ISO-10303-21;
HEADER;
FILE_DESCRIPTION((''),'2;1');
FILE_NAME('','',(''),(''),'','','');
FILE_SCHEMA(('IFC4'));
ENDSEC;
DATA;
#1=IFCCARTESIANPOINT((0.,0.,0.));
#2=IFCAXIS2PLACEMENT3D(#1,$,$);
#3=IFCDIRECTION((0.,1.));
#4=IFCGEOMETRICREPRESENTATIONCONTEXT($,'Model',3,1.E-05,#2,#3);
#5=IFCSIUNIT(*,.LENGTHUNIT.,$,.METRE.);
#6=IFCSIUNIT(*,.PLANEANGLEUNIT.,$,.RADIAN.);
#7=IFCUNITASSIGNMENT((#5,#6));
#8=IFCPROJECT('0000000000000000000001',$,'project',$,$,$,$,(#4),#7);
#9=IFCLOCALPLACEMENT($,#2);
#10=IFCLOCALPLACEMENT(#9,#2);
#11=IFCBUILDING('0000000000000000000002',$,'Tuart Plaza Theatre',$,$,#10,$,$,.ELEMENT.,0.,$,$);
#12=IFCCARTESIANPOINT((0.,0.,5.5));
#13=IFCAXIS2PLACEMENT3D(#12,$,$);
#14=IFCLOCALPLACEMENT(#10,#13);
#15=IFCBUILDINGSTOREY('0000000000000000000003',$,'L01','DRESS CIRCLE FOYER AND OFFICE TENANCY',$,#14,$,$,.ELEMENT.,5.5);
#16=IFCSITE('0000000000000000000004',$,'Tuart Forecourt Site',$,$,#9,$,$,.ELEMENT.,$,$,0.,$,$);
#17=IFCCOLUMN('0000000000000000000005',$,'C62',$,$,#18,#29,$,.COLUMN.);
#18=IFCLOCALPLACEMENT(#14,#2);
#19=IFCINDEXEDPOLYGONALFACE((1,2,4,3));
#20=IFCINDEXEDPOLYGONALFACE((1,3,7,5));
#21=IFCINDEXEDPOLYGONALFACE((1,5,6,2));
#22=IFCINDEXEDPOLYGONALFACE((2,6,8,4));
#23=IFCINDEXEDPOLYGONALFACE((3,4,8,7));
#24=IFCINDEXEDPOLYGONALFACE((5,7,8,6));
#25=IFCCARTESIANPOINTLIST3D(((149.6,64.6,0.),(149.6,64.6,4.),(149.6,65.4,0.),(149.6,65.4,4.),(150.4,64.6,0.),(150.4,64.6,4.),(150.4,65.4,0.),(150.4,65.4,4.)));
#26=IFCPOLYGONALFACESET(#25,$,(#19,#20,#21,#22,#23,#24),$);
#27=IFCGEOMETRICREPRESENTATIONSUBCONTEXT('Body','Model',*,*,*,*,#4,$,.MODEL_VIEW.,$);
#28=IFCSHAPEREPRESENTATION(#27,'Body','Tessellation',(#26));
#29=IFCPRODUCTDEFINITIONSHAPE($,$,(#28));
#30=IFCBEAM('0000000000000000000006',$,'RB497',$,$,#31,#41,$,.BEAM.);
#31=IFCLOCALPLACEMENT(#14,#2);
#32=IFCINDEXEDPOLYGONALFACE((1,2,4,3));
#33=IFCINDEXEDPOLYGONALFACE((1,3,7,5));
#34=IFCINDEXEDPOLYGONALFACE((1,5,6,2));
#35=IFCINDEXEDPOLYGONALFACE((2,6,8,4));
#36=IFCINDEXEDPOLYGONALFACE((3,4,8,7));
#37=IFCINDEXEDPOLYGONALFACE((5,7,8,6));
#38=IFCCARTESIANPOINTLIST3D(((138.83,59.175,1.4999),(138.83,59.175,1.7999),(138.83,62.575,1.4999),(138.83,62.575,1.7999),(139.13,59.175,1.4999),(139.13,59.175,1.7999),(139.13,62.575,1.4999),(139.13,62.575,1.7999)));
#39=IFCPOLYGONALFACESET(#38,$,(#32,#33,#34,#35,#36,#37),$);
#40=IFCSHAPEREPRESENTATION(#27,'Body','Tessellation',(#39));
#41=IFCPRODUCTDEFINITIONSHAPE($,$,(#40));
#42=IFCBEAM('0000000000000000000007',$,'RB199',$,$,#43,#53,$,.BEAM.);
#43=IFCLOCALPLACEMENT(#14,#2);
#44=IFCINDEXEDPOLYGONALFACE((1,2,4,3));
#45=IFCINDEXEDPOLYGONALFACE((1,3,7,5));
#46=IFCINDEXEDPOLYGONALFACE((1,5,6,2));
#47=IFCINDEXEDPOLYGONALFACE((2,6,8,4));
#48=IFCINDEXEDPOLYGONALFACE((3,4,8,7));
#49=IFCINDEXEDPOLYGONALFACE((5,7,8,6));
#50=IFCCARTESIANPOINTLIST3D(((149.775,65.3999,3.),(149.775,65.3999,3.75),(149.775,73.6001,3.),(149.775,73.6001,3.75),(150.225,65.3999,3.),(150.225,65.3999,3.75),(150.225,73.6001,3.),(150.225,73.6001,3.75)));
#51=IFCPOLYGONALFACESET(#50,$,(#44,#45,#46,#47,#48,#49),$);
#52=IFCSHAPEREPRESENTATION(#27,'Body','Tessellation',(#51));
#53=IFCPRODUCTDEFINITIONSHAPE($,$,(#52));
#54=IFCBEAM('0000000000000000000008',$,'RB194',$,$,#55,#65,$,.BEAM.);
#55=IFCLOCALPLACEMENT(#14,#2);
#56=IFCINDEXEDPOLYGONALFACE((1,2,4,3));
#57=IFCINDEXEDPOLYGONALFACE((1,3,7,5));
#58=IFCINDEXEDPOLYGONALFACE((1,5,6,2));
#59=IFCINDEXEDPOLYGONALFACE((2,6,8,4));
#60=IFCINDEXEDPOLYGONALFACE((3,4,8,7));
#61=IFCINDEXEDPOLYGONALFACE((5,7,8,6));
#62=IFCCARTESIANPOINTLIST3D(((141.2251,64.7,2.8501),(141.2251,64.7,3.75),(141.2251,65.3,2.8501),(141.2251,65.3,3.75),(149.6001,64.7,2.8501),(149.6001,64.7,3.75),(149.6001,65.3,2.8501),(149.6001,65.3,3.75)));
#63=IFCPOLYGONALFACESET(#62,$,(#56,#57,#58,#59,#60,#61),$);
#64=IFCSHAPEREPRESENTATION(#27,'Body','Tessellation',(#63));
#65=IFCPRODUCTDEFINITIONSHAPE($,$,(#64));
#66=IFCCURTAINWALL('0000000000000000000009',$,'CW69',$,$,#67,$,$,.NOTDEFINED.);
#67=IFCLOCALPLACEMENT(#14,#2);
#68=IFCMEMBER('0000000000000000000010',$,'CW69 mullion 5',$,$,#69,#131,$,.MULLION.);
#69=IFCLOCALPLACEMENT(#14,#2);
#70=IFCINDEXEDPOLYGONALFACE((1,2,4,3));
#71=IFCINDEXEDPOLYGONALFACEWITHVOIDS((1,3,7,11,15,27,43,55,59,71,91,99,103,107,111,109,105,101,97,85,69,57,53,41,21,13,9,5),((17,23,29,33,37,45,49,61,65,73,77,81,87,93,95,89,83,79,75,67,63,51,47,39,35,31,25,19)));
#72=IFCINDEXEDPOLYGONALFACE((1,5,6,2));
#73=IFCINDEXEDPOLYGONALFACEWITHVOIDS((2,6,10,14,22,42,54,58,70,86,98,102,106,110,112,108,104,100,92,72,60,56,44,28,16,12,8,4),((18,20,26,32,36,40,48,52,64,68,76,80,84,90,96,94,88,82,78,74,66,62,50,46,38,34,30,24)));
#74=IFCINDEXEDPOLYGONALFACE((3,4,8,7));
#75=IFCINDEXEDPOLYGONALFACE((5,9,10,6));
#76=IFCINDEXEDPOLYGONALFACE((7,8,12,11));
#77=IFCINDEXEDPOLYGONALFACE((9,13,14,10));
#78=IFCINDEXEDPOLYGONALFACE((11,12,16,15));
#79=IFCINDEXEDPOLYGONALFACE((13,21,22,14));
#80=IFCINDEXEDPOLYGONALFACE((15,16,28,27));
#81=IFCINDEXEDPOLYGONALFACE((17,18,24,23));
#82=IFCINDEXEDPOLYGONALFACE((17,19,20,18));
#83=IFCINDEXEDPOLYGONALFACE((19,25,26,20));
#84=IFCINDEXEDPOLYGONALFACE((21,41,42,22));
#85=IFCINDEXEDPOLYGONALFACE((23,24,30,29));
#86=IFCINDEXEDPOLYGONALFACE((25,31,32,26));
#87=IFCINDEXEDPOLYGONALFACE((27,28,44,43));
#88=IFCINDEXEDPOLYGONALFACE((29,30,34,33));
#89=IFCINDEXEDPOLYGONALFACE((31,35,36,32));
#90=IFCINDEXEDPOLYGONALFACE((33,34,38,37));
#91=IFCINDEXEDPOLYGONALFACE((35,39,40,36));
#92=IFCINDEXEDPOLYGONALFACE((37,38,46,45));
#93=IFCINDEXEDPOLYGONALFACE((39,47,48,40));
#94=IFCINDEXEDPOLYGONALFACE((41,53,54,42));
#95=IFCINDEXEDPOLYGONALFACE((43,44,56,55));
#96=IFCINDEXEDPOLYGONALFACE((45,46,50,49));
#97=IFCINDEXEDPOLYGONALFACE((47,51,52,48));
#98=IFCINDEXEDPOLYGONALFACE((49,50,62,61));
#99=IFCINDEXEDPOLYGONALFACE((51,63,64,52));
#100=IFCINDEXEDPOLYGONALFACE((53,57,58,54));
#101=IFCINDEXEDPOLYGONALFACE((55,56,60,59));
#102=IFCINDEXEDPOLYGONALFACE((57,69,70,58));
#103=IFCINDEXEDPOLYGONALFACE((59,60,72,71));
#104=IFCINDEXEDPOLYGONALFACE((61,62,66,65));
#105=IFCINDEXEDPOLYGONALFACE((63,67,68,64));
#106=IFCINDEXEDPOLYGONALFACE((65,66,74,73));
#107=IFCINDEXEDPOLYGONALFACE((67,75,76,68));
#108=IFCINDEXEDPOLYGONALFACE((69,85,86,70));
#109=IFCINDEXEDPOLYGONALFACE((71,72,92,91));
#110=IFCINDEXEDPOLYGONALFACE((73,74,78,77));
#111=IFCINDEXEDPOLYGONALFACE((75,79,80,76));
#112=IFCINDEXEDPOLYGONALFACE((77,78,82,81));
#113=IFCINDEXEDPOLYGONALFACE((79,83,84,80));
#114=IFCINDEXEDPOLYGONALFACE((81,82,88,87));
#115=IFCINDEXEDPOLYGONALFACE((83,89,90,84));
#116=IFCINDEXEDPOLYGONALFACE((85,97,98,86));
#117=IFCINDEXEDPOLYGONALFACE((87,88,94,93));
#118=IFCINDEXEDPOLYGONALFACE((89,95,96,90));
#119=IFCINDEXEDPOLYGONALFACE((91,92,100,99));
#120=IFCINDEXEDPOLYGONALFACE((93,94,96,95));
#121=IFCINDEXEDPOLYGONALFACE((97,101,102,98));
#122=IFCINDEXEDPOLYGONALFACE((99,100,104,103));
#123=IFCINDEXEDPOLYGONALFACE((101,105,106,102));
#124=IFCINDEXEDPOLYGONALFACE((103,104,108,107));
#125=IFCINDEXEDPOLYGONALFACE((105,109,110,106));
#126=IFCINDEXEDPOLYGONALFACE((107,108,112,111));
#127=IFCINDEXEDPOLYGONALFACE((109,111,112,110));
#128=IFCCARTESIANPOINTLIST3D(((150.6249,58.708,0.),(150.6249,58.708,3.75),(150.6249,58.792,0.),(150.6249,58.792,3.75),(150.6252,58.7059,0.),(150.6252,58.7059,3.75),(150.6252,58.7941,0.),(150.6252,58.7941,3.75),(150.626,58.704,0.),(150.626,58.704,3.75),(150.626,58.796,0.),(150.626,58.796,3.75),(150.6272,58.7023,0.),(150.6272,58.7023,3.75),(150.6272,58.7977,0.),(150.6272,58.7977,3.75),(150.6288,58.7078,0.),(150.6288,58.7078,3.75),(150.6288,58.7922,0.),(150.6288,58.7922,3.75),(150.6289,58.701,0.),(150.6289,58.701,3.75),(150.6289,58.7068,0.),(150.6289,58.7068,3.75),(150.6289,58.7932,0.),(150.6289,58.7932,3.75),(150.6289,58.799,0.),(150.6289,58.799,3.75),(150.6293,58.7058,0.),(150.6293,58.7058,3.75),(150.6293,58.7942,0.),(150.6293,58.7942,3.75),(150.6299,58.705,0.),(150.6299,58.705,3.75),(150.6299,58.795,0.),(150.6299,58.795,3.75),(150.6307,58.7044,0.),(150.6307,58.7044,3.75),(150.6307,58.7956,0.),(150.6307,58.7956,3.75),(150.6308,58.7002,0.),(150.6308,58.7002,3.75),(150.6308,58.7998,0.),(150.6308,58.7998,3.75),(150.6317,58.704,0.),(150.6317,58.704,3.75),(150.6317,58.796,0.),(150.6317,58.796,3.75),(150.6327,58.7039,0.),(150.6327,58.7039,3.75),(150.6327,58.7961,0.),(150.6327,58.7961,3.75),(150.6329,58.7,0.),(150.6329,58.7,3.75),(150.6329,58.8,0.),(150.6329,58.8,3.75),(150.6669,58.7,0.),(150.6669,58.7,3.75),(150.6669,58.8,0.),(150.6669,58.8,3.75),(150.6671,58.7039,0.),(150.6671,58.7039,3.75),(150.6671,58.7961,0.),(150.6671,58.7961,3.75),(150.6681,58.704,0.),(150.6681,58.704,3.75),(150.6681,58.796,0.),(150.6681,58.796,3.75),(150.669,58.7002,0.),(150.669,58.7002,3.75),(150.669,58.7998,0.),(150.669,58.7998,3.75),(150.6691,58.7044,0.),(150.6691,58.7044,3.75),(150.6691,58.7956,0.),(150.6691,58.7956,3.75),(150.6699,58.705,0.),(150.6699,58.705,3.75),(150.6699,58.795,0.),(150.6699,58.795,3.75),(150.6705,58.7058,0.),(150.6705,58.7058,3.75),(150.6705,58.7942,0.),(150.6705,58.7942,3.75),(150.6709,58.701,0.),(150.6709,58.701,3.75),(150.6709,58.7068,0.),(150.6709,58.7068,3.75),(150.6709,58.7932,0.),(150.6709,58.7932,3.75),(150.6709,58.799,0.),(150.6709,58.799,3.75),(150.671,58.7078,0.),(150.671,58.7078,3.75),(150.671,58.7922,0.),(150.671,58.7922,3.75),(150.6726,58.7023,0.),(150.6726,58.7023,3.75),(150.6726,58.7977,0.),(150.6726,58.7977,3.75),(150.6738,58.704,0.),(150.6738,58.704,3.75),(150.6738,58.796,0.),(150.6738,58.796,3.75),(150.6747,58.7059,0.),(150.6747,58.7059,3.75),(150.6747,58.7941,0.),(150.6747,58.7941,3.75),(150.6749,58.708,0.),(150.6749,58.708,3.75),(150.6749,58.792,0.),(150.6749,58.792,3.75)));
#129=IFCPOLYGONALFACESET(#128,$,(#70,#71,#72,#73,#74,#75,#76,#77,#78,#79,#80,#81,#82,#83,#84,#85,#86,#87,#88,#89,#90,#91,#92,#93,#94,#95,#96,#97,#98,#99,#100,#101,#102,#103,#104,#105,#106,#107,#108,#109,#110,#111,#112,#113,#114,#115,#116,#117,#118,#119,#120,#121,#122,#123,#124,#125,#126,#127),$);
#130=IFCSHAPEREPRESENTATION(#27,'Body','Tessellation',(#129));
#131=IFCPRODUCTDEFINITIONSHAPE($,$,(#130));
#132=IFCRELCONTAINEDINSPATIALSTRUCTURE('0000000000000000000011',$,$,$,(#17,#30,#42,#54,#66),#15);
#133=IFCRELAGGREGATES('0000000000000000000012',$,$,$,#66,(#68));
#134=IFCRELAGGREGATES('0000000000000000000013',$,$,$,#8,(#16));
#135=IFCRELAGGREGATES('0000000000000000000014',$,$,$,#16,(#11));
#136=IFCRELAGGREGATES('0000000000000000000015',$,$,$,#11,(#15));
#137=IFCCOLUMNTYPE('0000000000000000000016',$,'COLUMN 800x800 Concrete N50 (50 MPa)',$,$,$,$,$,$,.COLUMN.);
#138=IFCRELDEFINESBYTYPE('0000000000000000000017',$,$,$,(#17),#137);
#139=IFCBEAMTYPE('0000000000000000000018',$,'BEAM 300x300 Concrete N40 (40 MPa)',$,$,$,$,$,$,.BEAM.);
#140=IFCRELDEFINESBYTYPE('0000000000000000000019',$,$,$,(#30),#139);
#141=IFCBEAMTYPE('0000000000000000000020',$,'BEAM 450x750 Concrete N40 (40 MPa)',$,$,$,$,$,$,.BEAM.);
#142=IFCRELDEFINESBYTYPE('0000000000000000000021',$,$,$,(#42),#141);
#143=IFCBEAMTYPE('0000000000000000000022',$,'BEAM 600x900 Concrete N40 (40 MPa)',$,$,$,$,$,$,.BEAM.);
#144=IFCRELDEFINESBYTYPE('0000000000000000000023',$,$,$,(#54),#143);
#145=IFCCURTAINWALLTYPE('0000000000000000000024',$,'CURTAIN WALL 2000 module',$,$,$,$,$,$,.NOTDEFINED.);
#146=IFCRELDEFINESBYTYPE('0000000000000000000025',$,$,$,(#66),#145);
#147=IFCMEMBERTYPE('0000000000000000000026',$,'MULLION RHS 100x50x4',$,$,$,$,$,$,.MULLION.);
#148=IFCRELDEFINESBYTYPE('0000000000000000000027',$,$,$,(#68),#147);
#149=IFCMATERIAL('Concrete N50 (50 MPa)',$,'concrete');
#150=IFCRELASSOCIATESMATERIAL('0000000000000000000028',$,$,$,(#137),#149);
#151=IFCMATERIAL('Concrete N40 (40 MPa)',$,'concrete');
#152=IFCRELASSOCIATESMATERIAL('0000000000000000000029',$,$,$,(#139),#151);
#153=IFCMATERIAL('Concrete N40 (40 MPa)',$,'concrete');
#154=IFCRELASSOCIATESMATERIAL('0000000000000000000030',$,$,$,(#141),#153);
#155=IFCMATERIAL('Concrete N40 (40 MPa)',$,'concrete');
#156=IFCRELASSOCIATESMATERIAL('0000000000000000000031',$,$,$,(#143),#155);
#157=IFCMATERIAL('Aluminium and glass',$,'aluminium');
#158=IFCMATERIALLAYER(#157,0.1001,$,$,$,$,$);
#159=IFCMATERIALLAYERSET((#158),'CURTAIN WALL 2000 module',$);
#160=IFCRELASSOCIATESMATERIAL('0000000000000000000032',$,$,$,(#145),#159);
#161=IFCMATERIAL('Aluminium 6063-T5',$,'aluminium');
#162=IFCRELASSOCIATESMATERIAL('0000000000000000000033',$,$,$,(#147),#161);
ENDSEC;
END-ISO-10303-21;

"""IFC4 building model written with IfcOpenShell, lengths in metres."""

from ifc_helpers import new_model, si_unit, direction, frame, origin, origin_2d, place, context, subcontext, project, spatial, rectangle, hollow_rectangle, extrude, material, layer, layer_set, material_profile, profile_set, type_object, element, aggregate, save


model = new_model("IFC4")

# Units and contexts
model_context = context("Model", 3, precision=1e-05, world=origin(), true_north=direction((0.0, 1.0)))
body_context = subcontext(model_context, "Body", "Model", "MODEL_VIEW")
ifc_project = project(units=[si_unit("LENGTHUNIT", "METRE"), si_unit("PLANEANGLEUNIT", "RADIAN")], contexts=[model_context])

# Site, building, storey
site_placement = place(None, origin())
site = spatial("IfcSite", under=ifc_project, at=site_placement, Name="Tuart Forecourt Site", CompositionType="ELEMENT", RefElevation=0.0)
building_placement = place(site_placement, origin())
building = spatial("IfcBuilding", under=site, at=building_placement, Name="Tuart Plaza Theatre", CompositionType="ELEMENT", ElevationOfRefHeight=0.0)
storey_placement = place(building_placement, frame((0.0, 0.0, 5.5)))
storey = spatial("IfcBuildingStorey", under=building, at=storey_placement, Name="L01", Description="DRESS CIRCLE FOYER AND OFFICE TENANCY", CompositionType="ELEMENT", Elevation=5.5)

# Column
ifc_material_1 = material(Name="Concrete N50 (50 MPa)", Category="concrete")
ifc_material_profile_1 = material_profile(ifc_material_1, rectangle(XDim=0.8, YDim=0.8, at=origin_2d()), Name="COLUMN 800x800 Concrete N50 (50 MPa)")
ifc_profile_set_1 = profile_set([ifc_material_profile_1], Name="Concrete N50 (50 MPa)")
column_type = type_object("IfcColumnType", Name="COLUMN 800x800 Concrete N50 (50 MPa)", PredefinedType="COLUMN", material=ifc_profile_set_1)
column_placement = place(storey_placement, frame((150.0, 65.0, 0.0), z_axis=(0.0, 0.0, 1.0), x_axis=(1.0, 0.0, 0.0)))
element("IfcColumn", 1, at=column_placement, inside=storey, type_object=column_type, Name="C62", PredefinedType="COLUMN", context=body_context, shape_type="SweptSolid", body=[
    extrude(rectangle(XDim=0.8, YDim=0.8, at=origin_2d()), origin(), (0.0, 0.0, 1.0), 4.0),
])

# Beams
ifc_material_2 = material(Name="Concrete N40 (40 MPa)", Category="concrete")
ifc_material_profile_2 = material_profile(ifc_material_2, rectangle(XDim=0.3, YDim=0.3, at=origin_2d()), Name="BEAM 300x300 Concrete N40 (40 MPa)")
ifc_profile_set_2 = profile_set([ifc_material_profile_2], Name="Concrete N40 (40 MPa)")
beam_type_1 = type_object("IfcBeamType", Name="BEAM 300x300 Concrete N40 (40 MPa)", PredefinedType="BEAM", material=ifc_profile_set_2)
beam_1_placement = place(storey_placement, frame((138.98, 59.175, 1.6499), z_axis=(0.0, 1.0, 0.0), x_axis=(-1.0, 0.0, 0.0)))
element("IfcBeam", 2, at=beam_1_placement, inside=storey, type_object=beam_type_1, Name="RB497", PredefinedType="BEAM", context=body_context, shape_type="SweptSolid", body=[
    extrude(rectangle(XDim=0.3, YDim=0.3, at=origin_2d()), origin(), (0.0, 0.0, 1.0), 3.3999),
])
ifc_material_3 = material(Name="Concrete N40 (40 MPa)", Category="concrete")
ifc_material_profile_3 = material_profile(ifc_material_3, rectangle(XDim=0.45, YDim=0.75, at=origin_2d()), Name="BEAM 450x750 Concrete N40 (40 MPa)")
ifc_profile_set_3 = profile_set([ifc_material_profile_3], Name="Concrete N40 (40 MPa)")
beam_type_2 = type_object("IfcBeamType", Name="BEAM 450x750 Concrete N40 (40 MPa)", PredefinedType="BEAM", material=ifc_profile_set_3)
beam_2_placement = place(storey_placement, frame((150.0, 65.3999, 3.375), z_axis=(0.0, 1.0, 0.0), x_axis=(-1.0, 0.0, 0.0)))
element("IfcBeam", 3, at=beam_2_placement, inside=storey, type_object=beam_type_2, Name="RB199", PredefinedType="BEAM", context=body_context, shape_type="SweptSolid", body=[
    extrude(rectangle(XDim=0.45, YDim=0.75, at=origin_2d()), origin(), (0.0, 0.0, 1.0), 8.2002),
])
ifc_material_4 = material(Name="Concrete N40 (40 MPa)", Category="concrete")
ifc_material_profile_4 = material_profile(ifc_material_4, rectangle(XDim=0.6001, YDim=0.8999, at=origin_2d()), Name="BEAM 600x900 Concrete N40 (40 MPa)")
ifc_profile_set_4 = profile_set([ifc_material_profile_4], Name="Concrete N40 (40 MPa)")
beam_type_3 = type_object("IfcBeamType", Name="BEAM 600x900 Concrete N40 (40 MPa)", PredefinedType="BEAM", material=ifc_profile_set_4)
beam_3_placement = place(storey_placement, frame((141.2251, 65.0, 3.3), z_axis=(1.0, 0.0, 0.0), x_axis=(0.0, 1.0, 0.0)))
element("IfcBeam", 4, at=beam_3_placement, inside=storey, type_object=beam_type_3, Name="RB194", PredefinedType="BEAM", context=body_context, shape_type="SweptSolid", body=[
    extrude(rectangle(XDim=0.6001, YDim=0.8999, at=origin_2d()), origin(), (0.0, 0.0, 1.0), 8.375),
])

# Curtain wall, member
ifc_material_5 = material(Name="Aluminium and glass", Category="aluminium")
ifc_layer_1 = layer(ifc_material_5, 0.1001)
ifc_layer_set_1 = layer_set([ifc_layer_1], Name="CURTAIN WALL 2000 module")
curtain_wall_type = type_object("IfcCurtainWallType", Name="CURTAIN WALL 2000 module", PredefinedType="NOTDEFINED", material=ifc_layer_set_1)
curtain_wall_placement = place(storey_placement, origin())
curtain_wall = element("IfcCurtainWall", 5, at=curtain_wall_placement, inside=storey, type_object=curtain_wall_type, Name="CW69", PredefinedType="NOTDEFINED")
ifc_material_6 = material(Name="Aluminium 6063-T5", Category="aluminium")
ifc_material_profile_5 = material_profile(ifc_material_6, hollow_rectangle(XDim=0.05, YDim=0.1001, WallThickness=0.0039, InnerFilletRadius=0.0039, OuterFilletRadius=0.0081, at=origin_2d()), Name="RHS 100x50x4")
ifc_profile_set_5 = profile_set([ifc_material_profile_5], Name="Aluminium 6063-T5")
member_type_1 = type_object("IfcMemberType", Name="MULLION RHS 100x50x4", PredefinedType="MULLION", material=ifc_profile_set_5)
member_1_placement = place(storey_placement, frame((150.6499, 58.75, 0.0), z_axis=(0.0, 0.0, 1.0), x_axis=(-1.0, 0.0, 0.0)))
member_1 = element("IfcMember", 6, at=member_1_placement, type_object=member_type_1, Name="CW69 mullion 5", PredefinedType="MULLION", context=body_context, shape_type="SweptSolid", body=[
    extrude(hollow_rectangle(XDim=0.05, YDim=0.1001, WallThickness=0.0039, InnerFilletRadius=0.0039, OuterFilletRadius=0.0081, at=origin_2d()), origin(), (0.0, 0.0, 1.0), 3.75),
])
aggregate(curtain_wall, [member_1])

save(model, "model.ifc")
